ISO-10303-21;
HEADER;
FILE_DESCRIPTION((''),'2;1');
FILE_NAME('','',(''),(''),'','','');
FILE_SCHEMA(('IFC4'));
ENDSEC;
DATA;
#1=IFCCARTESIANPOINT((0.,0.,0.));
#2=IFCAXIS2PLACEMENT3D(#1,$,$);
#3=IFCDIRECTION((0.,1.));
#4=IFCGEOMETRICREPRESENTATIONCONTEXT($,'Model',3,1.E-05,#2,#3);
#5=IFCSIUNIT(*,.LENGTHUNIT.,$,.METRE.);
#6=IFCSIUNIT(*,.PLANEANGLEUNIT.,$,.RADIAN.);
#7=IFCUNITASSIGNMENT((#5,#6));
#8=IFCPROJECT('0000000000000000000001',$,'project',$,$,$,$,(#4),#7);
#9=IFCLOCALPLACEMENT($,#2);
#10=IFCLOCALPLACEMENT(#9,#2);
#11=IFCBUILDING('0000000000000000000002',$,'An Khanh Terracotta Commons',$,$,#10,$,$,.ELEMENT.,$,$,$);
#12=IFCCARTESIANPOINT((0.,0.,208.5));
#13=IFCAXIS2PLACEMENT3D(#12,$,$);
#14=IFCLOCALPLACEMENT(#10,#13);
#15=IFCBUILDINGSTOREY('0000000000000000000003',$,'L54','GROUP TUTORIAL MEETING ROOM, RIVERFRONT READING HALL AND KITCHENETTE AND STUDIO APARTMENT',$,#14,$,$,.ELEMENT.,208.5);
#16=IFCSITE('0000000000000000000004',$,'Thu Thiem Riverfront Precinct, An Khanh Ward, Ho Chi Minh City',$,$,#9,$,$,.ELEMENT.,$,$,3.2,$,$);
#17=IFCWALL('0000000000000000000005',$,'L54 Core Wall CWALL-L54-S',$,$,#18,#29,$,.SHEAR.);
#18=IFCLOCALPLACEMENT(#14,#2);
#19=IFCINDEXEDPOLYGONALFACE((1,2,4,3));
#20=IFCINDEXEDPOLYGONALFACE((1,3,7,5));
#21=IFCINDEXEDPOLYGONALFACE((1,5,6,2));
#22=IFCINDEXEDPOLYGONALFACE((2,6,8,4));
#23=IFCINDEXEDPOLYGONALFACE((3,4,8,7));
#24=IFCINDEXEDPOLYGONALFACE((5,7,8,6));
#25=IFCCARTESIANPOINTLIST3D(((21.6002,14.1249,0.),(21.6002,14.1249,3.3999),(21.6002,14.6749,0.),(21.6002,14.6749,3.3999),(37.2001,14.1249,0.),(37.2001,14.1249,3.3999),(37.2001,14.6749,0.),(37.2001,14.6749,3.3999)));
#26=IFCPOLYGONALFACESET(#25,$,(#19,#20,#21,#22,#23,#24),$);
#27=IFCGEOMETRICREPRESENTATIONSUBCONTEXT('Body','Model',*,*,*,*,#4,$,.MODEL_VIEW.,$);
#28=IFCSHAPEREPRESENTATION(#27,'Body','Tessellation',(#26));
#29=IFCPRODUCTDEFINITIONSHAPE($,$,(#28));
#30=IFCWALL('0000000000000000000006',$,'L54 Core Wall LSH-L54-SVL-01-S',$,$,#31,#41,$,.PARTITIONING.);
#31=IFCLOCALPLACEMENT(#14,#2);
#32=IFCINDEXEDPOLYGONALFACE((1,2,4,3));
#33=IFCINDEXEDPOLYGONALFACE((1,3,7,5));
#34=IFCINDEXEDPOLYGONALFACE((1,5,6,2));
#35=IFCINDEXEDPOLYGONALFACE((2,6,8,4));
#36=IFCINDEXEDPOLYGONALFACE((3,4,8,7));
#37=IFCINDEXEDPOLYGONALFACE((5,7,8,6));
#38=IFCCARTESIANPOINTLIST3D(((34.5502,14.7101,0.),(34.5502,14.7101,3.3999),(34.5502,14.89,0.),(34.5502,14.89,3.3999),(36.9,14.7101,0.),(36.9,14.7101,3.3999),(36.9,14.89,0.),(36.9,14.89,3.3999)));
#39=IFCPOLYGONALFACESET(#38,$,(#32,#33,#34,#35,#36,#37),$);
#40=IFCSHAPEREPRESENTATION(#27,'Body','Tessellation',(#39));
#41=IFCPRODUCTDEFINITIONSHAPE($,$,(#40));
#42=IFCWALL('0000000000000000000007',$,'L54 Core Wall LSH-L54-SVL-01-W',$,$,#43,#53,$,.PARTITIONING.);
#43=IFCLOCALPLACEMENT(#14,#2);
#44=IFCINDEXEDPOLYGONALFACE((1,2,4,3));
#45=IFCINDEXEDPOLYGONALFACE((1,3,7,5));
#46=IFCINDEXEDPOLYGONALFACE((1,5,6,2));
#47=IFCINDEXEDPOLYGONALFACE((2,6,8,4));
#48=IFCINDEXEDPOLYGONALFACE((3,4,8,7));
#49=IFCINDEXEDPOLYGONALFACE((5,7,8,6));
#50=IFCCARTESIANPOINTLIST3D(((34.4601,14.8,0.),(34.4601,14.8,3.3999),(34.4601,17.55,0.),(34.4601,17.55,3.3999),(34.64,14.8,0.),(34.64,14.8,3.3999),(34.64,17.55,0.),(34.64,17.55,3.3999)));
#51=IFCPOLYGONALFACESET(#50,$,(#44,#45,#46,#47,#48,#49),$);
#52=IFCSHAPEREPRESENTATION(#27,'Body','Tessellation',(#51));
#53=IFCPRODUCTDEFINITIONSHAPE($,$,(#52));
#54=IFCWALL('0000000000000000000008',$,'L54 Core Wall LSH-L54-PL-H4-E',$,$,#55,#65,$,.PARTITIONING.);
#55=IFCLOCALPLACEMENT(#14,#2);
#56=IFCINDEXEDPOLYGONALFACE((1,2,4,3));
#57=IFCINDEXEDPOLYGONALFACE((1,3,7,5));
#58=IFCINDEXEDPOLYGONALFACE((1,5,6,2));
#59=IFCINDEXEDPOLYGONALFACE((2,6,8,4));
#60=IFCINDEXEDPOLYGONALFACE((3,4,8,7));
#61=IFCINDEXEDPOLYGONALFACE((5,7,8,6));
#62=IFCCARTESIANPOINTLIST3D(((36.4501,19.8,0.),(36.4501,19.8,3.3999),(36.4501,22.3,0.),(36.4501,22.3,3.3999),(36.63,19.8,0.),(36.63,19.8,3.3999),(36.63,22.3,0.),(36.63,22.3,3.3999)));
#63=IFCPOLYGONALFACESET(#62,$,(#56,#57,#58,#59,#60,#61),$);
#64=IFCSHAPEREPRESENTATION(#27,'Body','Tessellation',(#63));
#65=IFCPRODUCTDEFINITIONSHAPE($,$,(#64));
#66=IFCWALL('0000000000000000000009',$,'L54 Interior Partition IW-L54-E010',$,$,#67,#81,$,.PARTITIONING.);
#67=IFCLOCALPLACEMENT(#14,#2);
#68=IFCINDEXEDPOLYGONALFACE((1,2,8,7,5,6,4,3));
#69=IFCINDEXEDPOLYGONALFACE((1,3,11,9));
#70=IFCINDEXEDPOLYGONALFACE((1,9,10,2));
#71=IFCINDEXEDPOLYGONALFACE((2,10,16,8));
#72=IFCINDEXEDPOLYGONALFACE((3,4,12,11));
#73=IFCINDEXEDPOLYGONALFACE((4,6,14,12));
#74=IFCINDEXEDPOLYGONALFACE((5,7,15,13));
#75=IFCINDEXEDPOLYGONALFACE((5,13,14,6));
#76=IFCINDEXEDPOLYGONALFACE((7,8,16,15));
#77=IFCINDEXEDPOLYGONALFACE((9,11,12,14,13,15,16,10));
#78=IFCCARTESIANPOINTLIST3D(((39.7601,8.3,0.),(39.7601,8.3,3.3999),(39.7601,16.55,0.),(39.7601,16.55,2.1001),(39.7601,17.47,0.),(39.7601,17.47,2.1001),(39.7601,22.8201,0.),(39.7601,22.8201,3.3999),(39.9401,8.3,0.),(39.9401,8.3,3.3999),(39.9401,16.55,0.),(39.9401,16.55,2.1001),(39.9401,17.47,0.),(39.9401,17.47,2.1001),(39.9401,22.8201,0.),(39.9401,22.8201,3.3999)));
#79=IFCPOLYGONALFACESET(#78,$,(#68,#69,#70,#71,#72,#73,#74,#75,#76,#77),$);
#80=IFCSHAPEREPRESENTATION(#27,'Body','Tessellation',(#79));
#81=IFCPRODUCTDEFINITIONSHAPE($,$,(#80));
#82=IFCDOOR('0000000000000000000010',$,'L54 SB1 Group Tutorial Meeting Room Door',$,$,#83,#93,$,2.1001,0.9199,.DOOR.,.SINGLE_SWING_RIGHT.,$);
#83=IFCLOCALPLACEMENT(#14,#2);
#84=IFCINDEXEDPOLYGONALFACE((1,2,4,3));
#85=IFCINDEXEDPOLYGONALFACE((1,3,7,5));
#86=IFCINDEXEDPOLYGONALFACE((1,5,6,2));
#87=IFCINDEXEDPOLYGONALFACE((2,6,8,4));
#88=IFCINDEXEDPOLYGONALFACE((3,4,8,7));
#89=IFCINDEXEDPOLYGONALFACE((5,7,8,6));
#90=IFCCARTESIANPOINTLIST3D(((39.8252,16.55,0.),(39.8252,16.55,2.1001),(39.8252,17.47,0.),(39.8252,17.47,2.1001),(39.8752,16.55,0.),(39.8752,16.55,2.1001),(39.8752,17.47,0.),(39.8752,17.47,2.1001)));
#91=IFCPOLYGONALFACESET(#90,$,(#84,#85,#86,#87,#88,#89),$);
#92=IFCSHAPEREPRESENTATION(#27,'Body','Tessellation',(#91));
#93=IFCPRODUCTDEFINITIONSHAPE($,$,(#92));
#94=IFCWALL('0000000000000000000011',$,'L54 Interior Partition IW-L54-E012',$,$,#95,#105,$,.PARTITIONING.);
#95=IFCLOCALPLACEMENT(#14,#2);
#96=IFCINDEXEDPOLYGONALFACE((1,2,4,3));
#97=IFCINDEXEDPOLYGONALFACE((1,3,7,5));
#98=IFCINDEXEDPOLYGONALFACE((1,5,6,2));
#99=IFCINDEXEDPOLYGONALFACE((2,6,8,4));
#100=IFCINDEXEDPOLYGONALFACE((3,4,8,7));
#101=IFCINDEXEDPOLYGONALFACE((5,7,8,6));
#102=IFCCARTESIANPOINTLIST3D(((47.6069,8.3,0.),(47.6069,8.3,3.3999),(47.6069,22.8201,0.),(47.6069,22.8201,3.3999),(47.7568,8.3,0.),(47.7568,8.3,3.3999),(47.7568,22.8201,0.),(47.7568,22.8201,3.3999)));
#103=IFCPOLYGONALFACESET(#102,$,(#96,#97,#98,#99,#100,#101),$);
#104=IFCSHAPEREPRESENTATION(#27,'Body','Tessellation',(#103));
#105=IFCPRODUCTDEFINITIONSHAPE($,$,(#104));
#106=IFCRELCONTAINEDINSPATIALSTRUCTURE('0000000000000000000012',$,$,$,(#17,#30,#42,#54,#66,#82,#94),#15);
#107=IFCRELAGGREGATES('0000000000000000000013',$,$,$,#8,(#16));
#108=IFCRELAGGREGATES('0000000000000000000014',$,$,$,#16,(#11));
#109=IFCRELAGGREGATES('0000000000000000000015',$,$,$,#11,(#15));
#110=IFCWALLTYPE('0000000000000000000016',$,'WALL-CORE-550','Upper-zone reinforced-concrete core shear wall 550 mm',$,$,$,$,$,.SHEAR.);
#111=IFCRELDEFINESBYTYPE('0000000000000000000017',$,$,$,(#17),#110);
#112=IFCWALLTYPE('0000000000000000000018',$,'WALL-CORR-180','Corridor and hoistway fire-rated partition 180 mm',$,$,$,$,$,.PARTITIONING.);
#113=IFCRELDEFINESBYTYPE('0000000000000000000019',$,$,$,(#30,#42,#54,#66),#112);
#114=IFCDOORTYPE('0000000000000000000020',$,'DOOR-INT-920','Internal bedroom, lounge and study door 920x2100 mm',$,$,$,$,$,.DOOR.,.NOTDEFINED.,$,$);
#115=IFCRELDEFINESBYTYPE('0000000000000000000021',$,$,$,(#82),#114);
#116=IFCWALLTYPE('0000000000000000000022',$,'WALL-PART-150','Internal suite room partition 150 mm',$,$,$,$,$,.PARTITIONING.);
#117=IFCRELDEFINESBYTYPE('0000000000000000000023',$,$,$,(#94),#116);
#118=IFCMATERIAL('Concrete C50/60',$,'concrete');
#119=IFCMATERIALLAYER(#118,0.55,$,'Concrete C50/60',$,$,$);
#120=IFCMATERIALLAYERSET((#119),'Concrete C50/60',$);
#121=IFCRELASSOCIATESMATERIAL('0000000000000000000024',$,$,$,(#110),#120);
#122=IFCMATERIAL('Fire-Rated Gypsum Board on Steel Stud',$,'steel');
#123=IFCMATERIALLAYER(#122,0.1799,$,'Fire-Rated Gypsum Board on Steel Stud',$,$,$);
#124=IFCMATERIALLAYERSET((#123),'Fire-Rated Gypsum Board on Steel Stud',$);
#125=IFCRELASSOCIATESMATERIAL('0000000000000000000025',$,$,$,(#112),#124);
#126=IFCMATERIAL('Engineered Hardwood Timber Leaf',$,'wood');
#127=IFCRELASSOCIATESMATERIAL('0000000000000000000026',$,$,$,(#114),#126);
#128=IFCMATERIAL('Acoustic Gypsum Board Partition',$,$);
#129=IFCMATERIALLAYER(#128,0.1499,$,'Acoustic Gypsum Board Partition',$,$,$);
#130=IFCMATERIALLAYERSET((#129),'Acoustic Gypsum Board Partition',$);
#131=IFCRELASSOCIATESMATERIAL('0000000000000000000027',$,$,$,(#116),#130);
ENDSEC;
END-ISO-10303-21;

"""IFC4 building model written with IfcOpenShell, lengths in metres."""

from ifc_helpers import new_model, si_unit, direction, frame, frame_2d, origin, place, context, subcontext, project, spatial, rectangle, extrude, material, layer, layer_set, type_object, element, fill, save


model = new_model("IFC4")

# Units and contexts
model_context = context("Model", 3, precision=1e-05, world=origin(), true_north=direction((0.0, 1.0)))
body_context = subcontext(model_context, "Body", "Model", "MODEL_VIEW")
ifc_project = project(units=[si_unit("LENGTHUNIT", "METRE"), si_unit("PLANEANGLEUNIT", "RADIAN")], contexts=[model_context])

# Site, building, storey
site_placement = place(None, origin())
site = spatial("IfcSite", under=ifc_project, at=site_placement, Name="Thu Thiem Riverfront Precinct, An Khanh Ward, Ho Chi Minh City", CompositionType="ELEMENT", RefElevation=3.2)
building_placement = place(site_placement, origin())
building = spatial("IfcBuilding", under=site, at=building_placement, Name="An Khanh Terracotta Commons", CompositionType="ELEMENT")
storey_placement = place(building_placement, frame((0.0, 0.0, 208.5)))
storey = spatial("IfcBuildingStorey", under=building, at=storey_placement, Name="L54", Description="GROUP TUTORIAL MEETING ROOM, RIVERFRONT READING HALL AND KITCHENETTE AND STUDIO APARTMENT", CompositionType="ELEMENT", Elevation=208.5)

# Wall
ifc_material_1 = material(Name="Concrete C50/60", Category="concrete")
ifc_layer_1 = layer(ifc_material_1, 0.55, Name="Concrete C50/60")
ifc_layer_set_1 = layer_set([ifc_layer_1], Name="Concrete C50/60")
wall_type_1 = type_object("IfcWallType", Name="WALL-CORE-550", Description="Upper-zone reinforced-concrete core shear wall 550 mm", PredefinedType="SHEAR", material=ifc_layer_set_1)
wall_1_placement = place(storey_placement, frame((37.2, 14.3999, 0.0), z_axis=(0.0, 0.0, 1.0), x_axis=(-1.0, 0.0, 0.0)))
element("IfcWall", 1, at=wall_1_placement, inside=storey, type_object=wall_type_1, Name="L54 Core Wall CWALL-L54-S", PredefinedType="SHEAR", context=body_context, shape_type="SweptSolid", body=[
    extrude(rectangle(XDim=15.5999, YDim=0.55, at=frame_2d((7.7998, 0.0))), origin(), (0.0, 0.0, 1.0), 3.3999),
])

# Walls
ifc_material_2 = material(Name="Fire-Rated Gypsum Board on Steel Stud", Category="steel")
ifc_layer_2 = layer(ifc_material_2, 0.1799, Name="Fire-Rated Gypsum Board on Steel Stud")
ifc_layer_set_2 = layer_set([ifc_layer_2], Name="Fire-Rated Gypsum Board on Steel Stud")
wall_type_2 = type_object("IfcWallType", Name="WALL-CORR-180", Description="Corridor and hoistway fire-rated partition 180 mm", PredefinedType="PARTITIONING", material=ifc_layer_set_2)
wall_2_placement = place(storey_placement, frame((36.8999, 14.8, 0.0), z_axis=(0.0, 0.0, 1.0), x_axis=(-1.0, 0.0, 0.0)))
element("IfcWall", 2, at=wall_2_placement, inside=storey, type_object=wall_type_2, Name="L54 Core Wall LSH-L54-SVL-01-S", PredefinedType="PARTITIONING", context=body_context, shape_type="SweptSolid", body=[
    extrude(rectangle(XDim=2.3499, YDim=0.1799, at=frame_2d((1.1748, 0.0))), origin(), (0.0, 0.0, 1.0), 3.3999),
])
wall_3_placement = place(storey_placement, frame((34.55, 17.55, 0.0), z_axis=(0.0, 0.0, 1.0), x_axis=(0.0, -1.0, 0.0)))
element("IfcWall", 3, at=wall_3_placement, inside=storey, type_object=wall_type_2, Name="L54 Core Wall LSH-L54-SVL-01-W", PredefinedType="PARTITIONING", context=body_context, shape_type="SweptSolid", body=[
    extrude(rectangle(XDim=2.75, YDim=0.1799, at=frame_2d((1.375, 0.0))), origin(), (0.0, 0.0, 1.0), 3.3999),
])
wall_4_placement = place(storey_placement, frame((36.54, 19.8, 0.0), z_axis=(0.0, 0.0, 1.0), x_axis=(0.0, 1.0, 0.0)))
element("IfcWall", 4, at=wall_4_placement, inside=storey, type_object=wall_type_2, Name="L54 Core Wall LSH-L54-PL-H4-E", PredefinedType="PARTITIONING", context=body_context, shape_type="SweptSolid", body=[
    extrude(rectangle(XDim=2.5, YDim=0.1799, at=frame_2d((1.25, 0.0))), origin(), (0.0, 0.0, 1.0), 3.3999),
])

# Wall, opening, door
wall_5_placement = place(storey_placement, frame((39.8501, 8.3, 0.0), z_axis=(0.0, 0.0, 1.0), x_axis=(0.0, 1.0, 0.0)))
wall_5 = element("IfcWall", 5, at=wall_5_placement, inside=storey, type_object=wall_type_2, Name="L54 Interior Partition IW-L54-E010", PredefinedType="PARTITIONING", context=body_context, shape_type="SweptSolid", body=[
    extrude(rectangle(XDim=14.52, YDim=0.1799, at=frame_2d((7.26, 0.0))), origin(), (0.0, 0.0, 1.0), 3.3999),
])
opening_1_placement = place(wall_5_placement, frame((8.25, 0.0, 0.0)))
opening_1 = element("IfcOpeningElement", 6, at=opening_1_placement, cuts=wall_5, PredefinedType="OPENING", context=body_context, shape_type="SweptSolid", body=[
    extrude(rectangle(XDim=0.9199, YDim=2.1001, at=frame_2d((0.46, 1.05))), frame((0.0, 0.0999, 0.0), z_axis=(0.0, -1.0, 0.0), x_axis=(1.0, 0.0, 0.0)), (0.0, 0.0, 1.0), 0.2),
])
ifc_material_3 = material(Name="Engineered Hardwood Timber Leaf", Category="wood")
door_type_1 = type_object("IfcDoorType", Name="DOOR-INT-920", Description="Internal bedroom, lounge and study door 920x2100 mm", OperationType="NOTDEFINED", PredefinedType="DOOR", material=ifc_material_3)
door_1_placement = place(opening_1_placement, origin())
door_1 = element("IfcDoor", 7, at=door_1_placement, inside=storey, type_object=door_type_1, Name="L54 SB1 Group Tutorial Meeting Room Door", OperationType="SINGLE_SWING_RIGHT", OverallHeight=2.1001, OverallWidth=0.9199, PredefinedType="DOOR", context=body_context, shape_type="SweptSolid", body=[
    extrude(rectangle(XDim=0.9199, YDim=2.1001, at=frame_2d((0.46, 1.05))), frame((0.0, 0.0249, 0.0), z_axis=(0.0, -1.0, 0.0), x_axis=(1.0, 0.0, 0.0)), (0.0, 0.0, 1.0), 0.05),
])
fill(opening_1, door_1)

# Wall
ifc_material_4 = material(Name="Acoustic Gypsum Board Partition")
ifc_layer_3 = layer(ifc_material_4, 0.1499, Name="Acoustic Gypsum Board Partition")
ifc_layer_set_3 = layer_set([ifc_layer_3], Name="Acoustic Gypsum Board Partition")
wall_type_3 = type_object("IfcWallType", Name="WALL-PART-150", Description="Internal suite room partition 150 mm", PredefinedType="PARTITIONING", material=ifc_layer_set_3)
wall_6_placement = place(storey_placement, frame((47.6819, 8.3, 0.0), z_axis=(0.0, 0.0, 1.0), x_axis=(0.0, 1.0, 0.0)))
element("IfcWall", 8, at=wall_6_placement, inside=storey, type_object=wall_type_3, Name="L54 Interior Partition IW-L54-E012", PredefinedType="PARTITIONING", context=body_context, shape_type="SweptSolid", body=[
    extrude(rectangle(XDim=14.52, YDim=0.1499, at=frame_2d((7.26, 0.0))), origin(), (0.0, 0.0, 1.0), 3.3999),
])

save(model, "model.ifc")
